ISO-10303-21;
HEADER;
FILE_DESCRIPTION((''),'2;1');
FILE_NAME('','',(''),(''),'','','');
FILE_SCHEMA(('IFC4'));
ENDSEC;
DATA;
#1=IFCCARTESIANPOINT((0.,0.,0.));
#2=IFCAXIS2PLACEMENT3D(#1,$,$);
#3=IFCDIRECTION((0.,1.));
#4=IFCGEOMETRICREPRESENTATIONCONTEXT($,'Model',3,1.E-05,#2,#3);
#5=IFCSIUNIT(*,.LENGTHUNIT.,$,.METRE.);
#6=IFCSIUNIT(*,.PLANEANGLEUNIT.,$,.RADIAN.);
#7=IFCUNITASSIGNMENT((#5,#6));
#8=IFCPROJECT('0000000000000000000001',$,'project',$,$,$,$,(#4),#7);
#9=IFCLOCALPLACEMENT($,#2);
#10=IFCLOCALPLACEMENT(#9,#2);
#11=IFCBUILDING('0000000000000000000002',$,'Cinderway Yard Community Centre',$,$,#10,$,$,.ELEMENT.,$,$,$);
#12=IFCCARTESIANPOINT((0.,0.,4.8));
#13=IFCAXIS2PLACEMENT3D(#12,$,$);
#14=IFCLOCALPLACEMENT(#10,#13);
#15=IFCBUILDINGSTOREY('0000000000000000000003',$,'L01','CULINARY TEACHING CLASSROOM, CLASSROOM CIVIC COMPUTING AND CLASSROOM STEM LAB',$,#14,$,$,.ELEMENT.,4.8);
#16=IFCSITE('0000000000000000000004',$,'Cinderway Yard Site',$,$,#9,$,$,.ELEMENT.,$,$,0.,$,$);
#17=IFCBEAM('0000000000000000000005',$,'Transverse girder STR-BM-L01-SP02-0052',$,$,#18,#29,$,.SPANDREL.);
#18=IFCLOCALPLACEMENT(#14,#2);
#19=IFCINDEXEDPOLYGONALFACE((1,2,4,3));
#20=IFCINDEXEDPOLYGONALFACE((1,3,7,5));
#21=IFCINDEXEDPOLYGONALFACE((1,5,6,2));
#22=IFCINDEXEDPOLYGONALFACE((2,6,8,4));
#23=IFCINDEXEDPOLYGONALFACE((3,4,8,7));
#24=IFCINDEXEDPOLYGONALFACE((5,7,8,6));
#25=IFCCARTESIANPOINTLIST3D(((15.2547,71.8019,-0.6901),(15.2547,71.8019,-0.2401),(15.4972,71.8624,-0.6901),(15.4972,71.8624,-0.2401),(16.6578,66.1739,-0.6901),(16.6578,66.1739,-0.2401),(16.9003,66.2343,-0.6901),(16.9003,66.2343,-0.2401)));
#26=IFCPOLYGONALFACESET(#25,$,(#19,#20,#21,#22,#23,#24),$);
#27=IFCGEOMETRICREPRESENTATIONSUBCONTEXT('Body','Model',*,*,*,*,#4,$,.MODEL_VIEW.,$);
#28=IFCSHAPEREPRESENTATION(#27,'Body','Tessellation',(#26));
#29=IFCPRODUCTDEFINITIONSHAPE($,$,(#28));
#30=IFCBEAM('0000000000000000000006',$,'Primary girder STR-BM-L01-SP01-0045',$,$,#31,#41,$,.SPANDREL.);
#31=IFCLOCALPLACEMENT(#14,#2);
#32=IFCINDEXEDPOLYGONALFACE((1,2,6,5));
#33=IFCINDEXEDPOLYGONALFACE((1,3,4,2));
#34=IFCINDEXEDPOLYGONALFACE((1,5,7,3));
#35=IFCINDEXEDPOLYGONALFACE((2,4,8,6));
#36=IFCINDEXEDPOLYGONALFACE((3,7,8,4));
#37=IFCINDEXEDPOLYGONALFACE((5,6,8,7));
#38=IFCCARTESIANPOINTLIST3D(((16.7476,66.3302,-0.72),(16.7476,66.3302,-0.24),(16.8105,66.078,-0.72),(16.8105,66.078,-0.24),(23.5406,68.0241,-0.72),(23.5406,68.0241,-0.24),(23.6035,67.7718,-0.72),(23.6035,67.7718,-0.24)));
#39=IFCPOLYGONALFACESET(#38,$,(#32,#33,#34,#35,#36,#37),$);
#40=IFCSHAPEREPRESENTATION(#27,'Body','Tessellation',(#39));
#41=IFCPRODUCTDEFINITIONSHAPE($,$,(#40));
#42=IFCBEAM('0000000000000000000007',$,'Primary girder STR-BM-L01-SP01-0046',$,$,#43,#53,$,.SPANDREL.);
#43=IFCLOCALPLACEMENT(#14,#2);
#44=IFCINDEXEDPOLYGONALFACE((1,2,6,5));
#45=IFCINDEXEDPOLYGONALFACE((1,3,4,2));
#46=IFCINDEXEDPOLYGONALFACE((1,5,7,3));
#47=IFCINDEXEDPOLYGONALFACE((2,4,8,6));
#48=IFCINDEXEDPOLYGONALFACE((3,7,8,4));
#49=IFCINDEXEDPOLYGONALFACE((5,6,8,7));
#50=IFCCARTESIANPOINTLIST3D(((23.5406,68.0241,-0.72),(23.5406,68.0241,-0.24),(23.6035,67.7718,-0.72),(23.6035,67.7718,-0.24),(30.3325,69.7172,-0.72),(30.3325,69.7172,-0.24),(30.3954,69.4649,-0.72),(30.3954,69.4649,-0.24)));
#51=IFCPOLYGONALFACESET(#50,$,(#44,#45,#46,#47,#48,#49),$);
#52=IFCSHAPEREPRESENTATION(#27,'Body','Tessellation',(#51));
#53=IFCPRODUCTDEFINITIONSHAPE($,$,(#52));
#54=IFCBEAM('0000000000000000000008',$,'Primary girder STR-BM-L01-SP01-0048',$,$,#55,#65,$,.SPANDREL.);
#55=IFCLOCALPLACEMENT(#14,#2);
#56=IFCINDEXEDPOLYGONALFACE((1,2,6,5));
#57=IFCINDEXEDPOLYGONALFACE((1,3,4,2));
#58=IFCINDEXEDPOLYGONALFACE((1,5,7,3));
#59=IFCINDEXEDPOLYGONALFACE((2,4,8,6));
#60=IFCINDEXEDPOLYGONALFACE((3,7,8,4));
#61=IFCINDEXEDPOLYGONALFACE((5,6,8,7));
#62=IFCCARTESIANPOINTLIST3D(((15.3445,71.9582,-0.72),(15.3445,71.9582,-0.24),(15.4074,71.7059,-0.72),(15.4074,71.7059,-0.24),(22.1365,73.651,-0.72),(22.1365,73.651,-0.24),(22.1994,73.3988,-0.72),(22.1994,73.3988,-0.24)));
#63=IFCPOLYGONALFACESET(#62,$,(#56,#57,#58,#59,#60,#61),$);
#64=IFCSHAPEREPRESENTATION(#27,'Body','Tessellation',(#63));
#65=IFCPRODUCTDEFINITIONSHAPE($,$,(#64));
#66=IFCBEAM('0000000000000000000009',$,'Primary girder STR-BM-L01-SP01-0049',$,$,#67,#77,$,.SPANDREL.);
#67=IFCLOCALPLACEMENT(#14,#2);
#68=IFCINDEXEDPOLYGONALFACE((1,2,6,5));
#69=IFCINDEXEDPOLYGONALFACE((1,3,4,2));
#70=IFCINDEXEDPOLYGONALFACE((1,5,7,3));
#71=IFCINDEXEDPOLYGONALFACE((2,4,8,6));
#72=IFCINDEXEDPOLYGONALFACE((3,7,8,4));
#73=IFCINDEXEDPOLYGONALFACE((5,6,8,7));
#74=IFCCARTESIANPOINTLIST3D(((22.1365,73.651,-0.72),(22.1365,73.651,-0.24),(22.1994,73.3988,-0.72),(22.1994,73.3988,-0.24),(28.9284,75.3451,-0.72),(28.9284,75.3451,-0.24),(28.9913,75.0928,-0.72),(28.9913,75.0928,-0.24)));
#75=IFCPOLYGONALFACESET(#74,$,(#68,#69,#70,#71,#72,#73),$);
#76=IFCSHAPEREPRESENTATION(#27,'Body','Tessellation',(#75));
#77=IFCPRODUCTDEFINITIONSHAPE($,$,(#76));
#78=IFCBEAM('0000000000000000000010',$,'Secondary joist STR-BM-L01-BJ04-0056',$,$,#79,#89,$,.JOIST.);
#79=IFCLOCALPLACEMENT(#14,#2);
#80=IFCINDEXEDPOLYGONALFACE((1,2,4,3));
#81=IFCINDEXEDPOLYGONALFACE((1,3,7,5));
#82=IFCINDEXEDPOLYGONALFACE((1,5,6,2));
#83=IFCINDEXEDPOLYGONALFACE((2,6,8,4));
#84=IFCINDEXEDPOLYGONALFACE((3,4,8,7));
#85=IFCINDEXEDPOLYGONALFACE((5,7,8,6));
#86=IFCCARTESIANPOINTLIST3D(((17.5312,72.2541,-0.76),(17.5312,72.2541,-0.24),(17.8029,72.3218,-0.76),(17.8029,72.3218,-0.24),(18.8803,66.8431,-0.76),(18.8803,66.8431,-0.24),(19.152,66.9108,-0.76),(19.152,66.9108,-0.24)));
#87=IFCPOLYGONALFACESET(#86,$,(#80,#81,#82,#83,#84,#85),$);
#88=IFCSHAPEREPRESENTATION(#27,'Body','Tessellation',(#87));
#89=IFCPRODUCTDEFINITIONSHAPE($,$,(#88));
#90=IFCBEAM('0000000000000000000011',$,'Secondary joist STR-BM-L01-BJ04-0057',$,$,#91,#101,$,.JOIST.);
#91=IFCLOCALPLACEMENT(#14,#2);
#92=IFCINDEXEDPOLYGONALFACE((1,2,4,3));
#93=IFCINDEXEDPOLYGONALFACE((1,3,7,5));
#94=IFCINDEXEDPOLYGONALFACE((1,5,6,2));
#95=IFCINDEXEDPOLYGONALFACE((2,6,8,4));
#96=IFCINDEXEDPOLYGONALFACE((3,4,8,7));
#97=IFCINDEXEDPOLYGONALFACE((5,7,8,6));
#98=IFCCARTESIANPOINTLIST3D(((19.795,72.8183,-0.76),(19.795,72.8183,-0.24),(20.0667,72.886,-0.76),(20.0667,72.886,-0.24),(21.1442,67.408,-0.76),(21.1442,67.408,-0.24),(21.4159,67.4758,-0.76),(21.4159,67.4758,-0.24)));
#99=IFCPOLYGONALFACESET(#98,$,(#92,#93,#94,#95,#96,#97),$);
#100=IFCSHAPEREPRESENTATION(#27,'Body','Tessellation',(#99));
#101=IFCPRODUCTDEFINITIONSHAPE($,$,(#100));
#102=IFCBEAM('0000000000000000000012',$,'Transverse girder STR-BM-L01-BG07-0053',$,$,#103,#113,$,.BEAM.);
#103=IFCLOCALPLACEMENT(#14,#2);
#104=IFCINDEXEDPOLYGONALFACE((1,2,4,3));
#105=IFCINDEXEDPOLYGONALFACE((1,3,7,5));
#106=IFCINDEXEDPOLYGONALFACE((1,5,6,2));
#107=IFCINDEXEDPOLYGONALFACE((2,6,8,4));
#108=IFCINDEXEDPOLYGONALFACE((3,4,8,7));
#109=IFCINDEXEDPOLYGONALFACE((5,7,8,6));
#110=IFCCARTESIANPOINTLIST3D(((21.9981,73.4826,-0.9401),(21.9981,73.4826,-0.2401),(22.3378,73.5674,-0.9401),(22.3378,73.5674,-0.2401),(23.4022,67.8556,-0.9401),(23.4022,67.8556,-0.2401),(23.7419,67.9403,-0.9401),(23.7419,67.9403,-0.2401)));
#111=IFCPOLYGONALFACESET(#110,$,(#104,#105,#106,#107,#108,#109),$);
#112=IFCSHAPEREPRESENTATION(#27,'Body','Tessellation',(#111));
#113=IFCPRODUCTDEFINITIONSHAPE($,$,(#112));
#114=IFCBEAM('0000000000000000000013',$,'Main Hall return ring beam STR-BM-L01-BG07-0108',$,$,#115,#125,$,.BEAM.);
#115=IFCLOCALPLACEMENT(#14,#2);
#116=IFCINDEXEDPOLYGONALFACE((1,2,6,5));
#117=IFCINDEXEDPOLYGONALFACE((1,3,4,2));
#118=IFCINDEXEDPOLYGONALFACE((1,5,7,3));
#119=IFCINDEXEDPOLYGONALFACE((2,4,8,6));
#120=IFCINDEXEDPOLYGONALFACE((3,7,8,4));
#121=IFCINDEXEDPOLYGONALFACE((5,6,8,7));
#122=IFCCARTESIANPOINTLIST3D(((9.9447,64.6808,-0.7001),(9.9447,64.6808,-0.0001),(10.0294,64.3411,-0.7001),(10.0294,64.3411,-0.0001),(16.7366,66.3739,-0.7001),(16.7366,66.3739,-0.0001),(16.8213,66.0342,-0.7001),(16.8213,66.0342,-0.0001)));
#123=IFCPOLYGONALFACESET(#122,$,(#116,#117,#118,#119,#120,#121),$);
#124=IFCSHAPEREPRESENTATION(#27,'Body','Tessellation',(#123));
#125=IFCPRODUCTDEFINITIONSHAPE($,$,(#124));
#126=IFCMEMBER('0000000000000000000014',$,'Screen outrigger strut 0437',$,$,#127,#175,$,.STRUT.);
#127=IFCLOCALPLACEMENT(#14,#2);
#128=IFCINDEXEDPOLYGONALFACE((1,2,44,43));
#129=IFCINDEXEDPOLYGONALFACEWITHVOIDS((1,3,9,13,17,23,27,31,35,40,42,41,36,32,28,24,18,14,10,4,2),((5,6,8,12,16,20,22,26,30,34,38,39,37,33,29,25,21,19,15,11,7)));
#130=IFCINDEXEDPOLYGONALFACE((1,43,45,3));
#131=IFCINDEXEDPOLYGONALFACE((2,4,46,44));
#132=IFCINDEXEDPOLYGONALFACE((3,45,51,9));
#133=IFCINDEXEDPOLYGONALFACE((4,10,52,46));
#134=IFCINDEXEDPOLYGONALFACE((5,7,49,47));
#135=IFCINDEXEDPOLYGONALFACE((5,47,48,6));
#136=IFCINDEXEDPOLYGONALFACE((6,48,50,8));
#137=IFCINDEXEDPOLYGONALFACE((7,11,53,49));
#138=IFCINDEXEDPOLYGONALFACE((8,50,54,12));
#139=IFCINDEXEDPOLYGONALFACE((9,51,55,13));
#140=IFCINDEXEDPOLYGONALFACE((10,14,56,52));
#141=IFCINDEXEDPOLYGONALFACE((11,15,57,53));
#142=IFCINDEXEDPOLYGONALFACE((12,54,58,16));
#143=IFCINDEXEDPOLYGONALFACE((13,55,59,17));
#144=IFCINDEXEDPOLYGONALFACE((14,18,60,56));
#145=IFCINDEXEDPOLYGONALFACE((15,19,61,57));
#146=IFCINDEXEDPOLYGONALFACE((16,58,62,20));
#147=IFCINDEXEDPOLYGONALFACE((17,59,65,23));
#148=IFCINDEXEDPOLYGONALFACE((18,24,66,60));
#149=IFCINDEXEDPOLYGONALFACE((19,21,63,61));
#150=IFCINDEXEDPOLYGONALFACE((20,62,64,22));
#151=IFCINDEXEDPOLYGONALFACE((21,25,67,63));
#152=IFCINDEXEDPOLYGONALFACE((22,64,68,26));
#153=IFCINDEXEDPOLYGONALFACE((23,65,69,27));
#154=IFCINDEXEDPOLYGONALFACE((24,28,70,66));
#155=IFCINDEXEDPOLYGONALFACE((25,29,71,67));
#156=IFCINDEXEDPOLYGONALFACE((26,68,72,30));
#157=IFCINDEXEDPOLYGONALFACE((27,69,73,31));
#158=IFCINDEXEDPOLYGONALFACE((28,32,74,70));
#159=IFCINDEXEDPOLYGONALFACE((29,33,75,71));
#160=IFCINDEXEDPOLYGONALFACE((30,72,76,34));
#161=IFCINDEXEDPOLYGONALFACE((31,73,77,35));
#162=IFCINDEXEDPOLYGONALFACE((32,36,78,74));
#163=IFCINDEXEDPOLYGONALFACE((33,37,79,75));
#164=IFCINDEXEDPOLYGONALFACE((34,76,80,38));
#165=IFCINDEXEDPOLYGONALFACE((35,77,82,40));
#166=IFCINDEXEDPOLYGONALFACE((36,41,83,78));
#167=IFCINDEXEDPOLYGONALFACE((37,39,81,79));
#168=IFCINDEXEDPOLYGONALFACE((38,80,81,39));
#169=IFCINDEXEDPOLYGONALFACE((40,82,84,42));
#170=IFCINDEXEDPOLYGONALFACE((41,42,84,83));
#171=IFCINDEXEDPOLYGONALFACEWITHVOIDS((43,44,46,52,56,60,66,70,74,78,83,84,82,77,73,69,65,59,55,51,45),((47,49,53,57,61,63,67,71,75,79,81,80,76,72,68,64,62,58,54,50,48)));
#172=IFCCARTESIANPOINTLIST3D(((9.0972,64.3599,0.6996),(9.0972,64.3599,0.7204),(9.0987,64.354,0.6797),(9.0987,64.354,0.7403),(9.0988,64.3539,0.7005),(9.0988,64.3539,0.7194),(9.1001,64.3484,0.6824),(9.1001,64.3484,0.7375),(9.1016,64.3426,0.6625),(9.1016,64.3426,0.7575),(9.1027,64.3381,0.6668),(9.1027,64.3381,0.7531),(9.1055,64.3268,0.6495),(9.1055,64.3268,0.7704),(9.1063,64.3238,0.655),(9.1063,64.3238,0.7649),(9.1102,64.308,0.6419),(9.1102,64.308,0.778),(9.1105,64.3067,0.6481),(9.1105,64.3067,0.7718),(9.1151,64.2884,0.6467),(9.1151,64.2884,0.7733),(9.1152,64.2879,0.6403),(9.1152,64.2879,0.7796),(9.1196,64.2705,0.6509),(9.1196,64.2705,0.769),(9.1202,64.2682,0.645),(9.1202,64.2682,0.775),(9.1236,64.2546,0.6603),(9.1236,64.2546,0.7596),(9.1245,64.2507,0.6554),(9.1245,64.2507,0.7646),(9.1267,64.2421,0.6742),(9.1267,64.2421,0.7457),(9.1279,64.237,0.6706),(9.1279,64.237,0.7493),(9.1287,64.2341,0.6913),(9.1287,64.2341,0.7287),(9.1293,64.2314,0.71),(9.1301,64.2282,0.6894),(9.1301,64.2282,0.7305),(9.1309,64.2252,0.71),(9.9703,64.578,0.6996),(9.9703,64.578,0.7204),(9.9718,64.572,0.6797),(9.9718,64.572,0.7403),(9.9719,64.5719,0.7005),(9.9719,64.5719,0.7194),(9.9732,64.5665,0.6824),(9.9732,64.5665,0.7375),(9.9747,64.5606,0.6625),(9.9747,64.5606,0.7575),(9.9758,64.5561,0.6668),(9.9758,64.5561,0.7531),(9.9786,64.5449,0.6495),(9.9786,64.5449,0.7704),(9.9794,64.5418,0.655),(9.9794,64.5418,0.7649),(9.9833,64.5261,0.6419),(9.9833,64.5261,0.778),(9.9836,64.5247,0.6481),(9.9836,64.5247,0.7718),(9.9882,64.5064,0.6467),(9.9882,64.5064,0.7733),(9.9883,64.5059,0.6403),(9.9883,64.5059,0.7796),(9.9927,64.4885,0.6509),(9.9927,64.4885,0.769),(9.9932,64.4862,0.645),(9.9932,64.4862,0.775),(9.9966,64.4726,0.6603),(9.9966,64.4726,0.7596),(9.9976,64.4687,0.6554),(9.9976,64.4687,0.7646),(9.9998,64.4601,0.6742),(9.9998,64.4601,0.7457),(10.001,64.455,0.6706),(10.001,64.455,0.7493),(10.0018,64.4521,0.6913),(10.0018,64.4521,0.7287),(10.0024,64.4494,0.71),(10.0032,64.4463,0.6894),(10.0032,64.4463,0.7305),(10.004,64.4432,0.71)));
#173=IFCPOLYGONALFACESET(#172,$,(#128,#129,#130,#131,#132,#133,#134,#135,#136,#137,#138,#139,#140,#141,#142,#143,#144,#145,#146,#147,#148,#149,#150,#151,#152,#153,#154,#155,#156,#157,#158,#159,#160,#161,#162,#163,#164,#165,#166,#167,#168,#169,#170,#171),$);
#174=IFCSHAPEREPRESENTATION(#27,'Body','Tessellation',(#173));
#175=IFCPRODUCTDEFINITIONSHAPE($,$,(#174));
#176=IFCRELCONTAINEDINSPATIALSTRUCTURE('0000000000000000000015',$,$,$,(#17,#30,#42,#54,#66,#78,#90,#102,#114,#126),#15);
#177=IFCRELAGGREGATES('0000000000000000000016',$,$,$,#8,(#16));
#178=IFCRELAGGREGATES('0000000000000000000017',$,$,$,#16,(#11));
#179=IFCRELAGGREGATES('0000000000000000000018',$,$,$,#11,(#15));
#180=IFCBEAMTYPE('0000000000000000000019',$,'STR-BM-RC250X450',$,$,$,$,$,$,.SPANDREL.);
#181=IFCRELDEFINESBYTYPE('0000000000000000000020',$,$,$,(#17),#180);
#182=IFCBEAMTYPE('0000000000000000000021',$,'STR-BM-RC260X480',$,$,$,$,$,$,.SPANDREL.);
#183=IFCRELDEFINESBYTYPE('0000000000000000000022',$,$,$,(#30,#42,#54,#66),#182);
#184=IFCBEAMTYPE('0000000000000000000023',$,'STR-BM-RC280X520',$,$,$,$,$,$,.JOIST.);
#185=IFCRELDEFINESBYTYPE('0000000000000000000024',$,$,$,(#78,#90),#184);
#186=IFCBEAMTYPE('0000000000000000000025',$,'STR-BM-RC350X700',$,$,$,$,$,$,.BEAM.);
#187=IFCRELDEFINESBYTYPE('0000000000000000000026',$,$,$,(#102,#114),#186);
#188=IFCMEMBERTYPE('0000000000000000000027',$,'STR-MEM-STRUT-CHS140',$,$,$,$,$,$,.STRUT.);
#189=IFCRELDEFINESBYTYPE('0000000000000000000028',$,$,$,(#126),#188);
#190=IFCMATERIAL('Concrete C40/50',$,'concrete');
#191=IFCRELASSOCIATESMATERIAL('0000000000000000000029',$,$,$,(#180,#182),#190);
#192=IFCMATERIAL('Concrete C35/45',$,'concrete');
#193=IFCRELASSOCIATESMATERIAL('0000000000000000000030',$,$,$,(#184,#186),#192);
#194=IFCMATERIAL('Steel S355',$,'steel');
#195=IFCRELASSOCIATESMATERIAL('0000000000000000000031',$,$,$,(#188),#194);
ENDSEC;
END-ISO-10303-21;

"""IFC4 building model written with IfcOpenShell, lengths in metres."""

from ifc_helpers import new_model, si_unit, direction, frame, origin, origin_2d, place, context, subcontext, project, spatial, rectangle, hollow_circle, extrude, material, material_profile, profile_set, type_object, element, save


model = new_model("IFC4")

# Units and contexts
model_context = context("Model", 3, precision=1e-05, world=origin(), true_north=direction((0.0, 1.0)))
body_context = subcontext(model_context, "Body", "Model", "MODEL_VIEW")
ifc_project = project(units=[si_unit("LENGTHUNIT", "METRE"), si_unit("PLANEANGLEUNIT", "RADIAN")], contexts=[model_context])

# Site, building, storey
site_placement = place(None, origin())
site = spatial("IfcSite", under=ifc_project, at=site_placement, Name="Cinderway Yard Site", CompositionType="ELEMENT", RefElevation=0.0)
building_placement = place(site_placement, origin())
building = spatial("IfcBuilding", under=site, at=building_placement, Name="Cinderway Yard Community Centre", CompositionType="ELEMENT")
storey_placement = place(building_placement, frame((0.0, 0.0, 4.8)))
storey = spatial("IfcBuildingStorey", under=building, at=storey_placement, Name="L01", Description="CULINARY TEACHING CLASSROOM, CLASSROOM CIVIC COMPUTING AND CLASSROOM STEM LAB", CompositionType="ELEMENT", Elevation=4.8)

# Shared definitions
ifc_material_1 = material(Name="Concrete C40/50", Category="concrete")

# Beams
ifc_material_profile_1 = material_profile(ifc_material_1, rectangle(XDim=0.25, YDim=0.45, at=origin_2d()), Name="Concrete C40/50")
ifc_profile_set_1 = profile_set([ifc_material_profile_1], Name="Concrete C40/50")
beam_type_1 = type_object("IfcBeamType", Name="STR-BM-RC250X450", PredefinedType="SPANDREL", material=ifc_profile_set_1)
beam_1_placement = place(storey_placement, frame((16.7791, 66.2041, -0.4651), z_axis=(-0.241902, 0.970301, 0.0), x_axis=(-0.970301, -0.241902, 0.0)))
element("IfcBeam", 1, at=beam_1_placement, inside=storey, type_object=beam_type_1, Name="Transverse girder STR-BM-L01-SP02-0052", PredefinedType="SPANDREL", context=body_context, shape_type="SweptSolid", body=[
    extrude(rectangle(XDim=0.25, YDim=0.45, at=origin_2d()), origin(), (0.0, 0.0, 1.0), 5.8003),
])
ifc_material_profile_2 = material_profile(ifc_material_1, rectangle(XDim=0.26, YDim=0.48, at=origin_2d()), Name="Concrete C40/50")
ifc_profile_set_2 = profile_set([ifc_material_profile_2], Name="Concrete C40/50")
beam_type_2 = type_object("IfcBeamType", Name="STR-BM-RC260X480", PredefinedType="SPANDREL", material=ifc_profile_set_2)
beam_2_placement = place(storey_placement, frame((16.7791, 66.2041, -0.48), z_axis=(0.97029, 0.241945, 0.0), x_axis=(-0.241945, 0.97029, 0.0)))
element("IfcBeam", 2, at=beam_2_placement, inside=storey, type_object=beam_type_2, Name="Primary girder STR-BM-L01-SP01-0045", PredefinedType="SPANDREL", context=body_context, shape_type="SweptSolid", body=[
    extrude(rectangle(XDim=0.26, YDim=0.48, at=origin_2d()), origin(), (0.0, 0.0, 1.0), 7.001),
])
for number, where, z_axis, x_axis, name in (
    (3, (23.572, 67.8979, -0.48), (0.970306, 0.241879, 0.0), (-0.241879, 0.970306, 0.0), "Primary girder STR-BM-L01-SP01-0046"),
    (4, (15.376, 71.832, -0.48), (0.970315, 0.241846, 0.0), (-0.241846, 0.970315, 0.0), "Primary girder STR-BM-L01-SP01-0048"),
):
    element("IfcBeam", number, at=place(storey_placement, frame(where, z_axis=z_axis, x_axis=x_axis)), inside=storey, type_object=beam_type_2, Name=name, PredefinedType="SPANDREL", context=body_context, shape_type="SweptSolid", body=[
        extrude(rectangle(XDim=0.26, YDim=0.48, at=origin_2d()), origin(), (0.0, 0.0, 1.0), 6.9998),
    ])
beam_3_placement = place(storey_placement, frame((22.168, 73.5249, -0.48), z_axis=(0.970274, 0.24201, 0.0), x_axis=(-0.24201, 0.970274, 0.0)))
element("IfcBeam", 5, at=beam_3_placement, inside=storey, type_object=beam_type_2, Name="Primary girder STR-BM-L01-SP01-0049", PredefinedType="SPANDREL", context=body_context, shape_type="SweptSolid", body=[
    extrude(rectangle(XDim=0.26, YDim=0.48, at=origin_2d()), origin(), (0.0, 0.0, 1.0), 7.0),
])
ifc_material_2 = material(Name="Concrete C35/45", Category="concrete")
ifc_material_profile_3 = material_profile(ifc_material_2, rectangle(XDim=0.28, YDim=0.52, at=origin_2d()), Name="Concrete C35/45")
ifc_profile_set_3 = profile_set([ifc_material_profile_3], Name="Concrete C35/45")
beam_type_3 = type_object("IfcBeamType", Name="STR-BM-RC280X520", PredefinedType="JOIST", material=ifc_profile_set_3)
beam_4_placement = place(storey_placement, frame((19.0161, 66.877, -0.5), z_axis=(-0.241918, 0.970297, 0.0), x_axis=(-0.970297, -0.241918, 0.0)))
element("IfcBeam", 6, at=beam_4_placement, inside=storey, type_object=beam_type_3, Name="Secondary joist STR-BM-L01-BJ04-0056", PredefinedType="JOIST", context=body_context, shape_type="SweptSolid", body=[
    extrude(rectangle(XDim=0.28, YDim=0.52, at=origin_2d()), origin(), (0.0, 0.0, 1.0), 5.5767),
])
beam_5_placement = place(storey_placement, frame((21.28, 67.4419, -0.5), z_axis=(-0.241959, 0.970287, 0.0), x_axis=(-0.970287, -0.241959, 0.0)))
element("IfcBeam", 7, at=beam_5_placement, inside=storey, type_object=beam_type_3, Name="Secondary joist STR-BM-L01-BJ04-0057", PredefinedType="JOIST", context=body_context, shape_type="SweptSolid", body=[
    extrude(rectangle(XDim=0.28, YDim=0.52, at=origin_2d()), origin(), (0.0, 0.0, 1.0), 5.5759),
])
ifc_material_profile_4 = material_profile(ifc_material_2, rectangle(XDim=0.3501, YDim=0.7, at=origin_2d()), Name="Concrete C35/45")
ifc_profile_set_4 = profile_set([ifc_material_profile_4], Name="Concrete C35/45")
beam_type_4 = type_object("IfcBeamType", Name="STR-BM-RC350X700", PredefinedType="BEAM", material=ifc_profile_set_4)
beam_6_placement = place(storey_placement, frame((23.572, 67.8979, -0.5901), z_axis=(-0.2421, 0.970251, 0.0), x_axis=(-0.970251, -0.2421, 0.0)))
element("IfcBeam", 8, at=beam_6_placement, inside=storey, type_object=beam_type_4, Name="Transverse girder STR-BM-L01-BG07-0053", PredefinedType="BEAM", context=body_context, shape_type="SweptSolid", body=[
    extrude(rectangle(XDim=0.3501, YDim=0.7, at=origin_2d()), origin(), (0.0, 0.0, 1.0), 5.7996),
])
beam_7_placement = place(storey_placement, frame((9.9871, 64.511, -0.3501), z_axis=(0.970306, 0.241879, 0.0), x_axis=(-0.241879, 0.970306, 0.0)))
element("IfcBeam", 9, at=beam_7_placement, inside=storey, type_object=beam_type_4, Name="Main Hall return ring beam STR-BM-L01-BG07-0108", PredefinedType="BEAM", context=body_context, shape_type="SweptSolid", body=[
    extrude(rectangle(XDim=0.3501, YDim=0.7, at=origin_2d()), origin(), (0.0, 0.0, 1.0), 6.9998),
])

# Member
ifc_material_3 = material(Name="Steel S355", Category="steel")
ifc_material_profile_5 = material_profile(ifc_material_3, hollow_circle(Radius=0.0698, WallThickness=0.0063, at=origin_2d()), Name="Steel S355")
ifc_profile_set_5 = profile_set([ifc_material_profile_5], Name="Steel S355")
member_type_1 = type_object("IfcMemberType", Name="STR-MEM-STRUT-CHS140", PredefinedType="STRUT", material=ifc_profile_set_5)
for number, where, z_axis, x_axis, name in (
    (10, (9.9871, 64.511, 0.71), (-0.970206, -0.24228, 0.0), (0.24228, -0.970206, 0.0), "Screen outrigger strut 0437"),
):
    element("IfcMember", number, at=place(storey_placement, frame(where, z_axis=z_axis, x_axis=x_axis)), inside=storey, type_object=member_type_1, Name=name, PredefinedType="STRUT", context=body_context, shape_type="SweptSolid", body=[
        extrude(hollow_circle(Radius=0.0698, WallThickness=0.0063, at=origin_2d()), origin(), (0.0, 0.0, 1.0), 0.8999),
    ])

save(model, "model.ifc")
